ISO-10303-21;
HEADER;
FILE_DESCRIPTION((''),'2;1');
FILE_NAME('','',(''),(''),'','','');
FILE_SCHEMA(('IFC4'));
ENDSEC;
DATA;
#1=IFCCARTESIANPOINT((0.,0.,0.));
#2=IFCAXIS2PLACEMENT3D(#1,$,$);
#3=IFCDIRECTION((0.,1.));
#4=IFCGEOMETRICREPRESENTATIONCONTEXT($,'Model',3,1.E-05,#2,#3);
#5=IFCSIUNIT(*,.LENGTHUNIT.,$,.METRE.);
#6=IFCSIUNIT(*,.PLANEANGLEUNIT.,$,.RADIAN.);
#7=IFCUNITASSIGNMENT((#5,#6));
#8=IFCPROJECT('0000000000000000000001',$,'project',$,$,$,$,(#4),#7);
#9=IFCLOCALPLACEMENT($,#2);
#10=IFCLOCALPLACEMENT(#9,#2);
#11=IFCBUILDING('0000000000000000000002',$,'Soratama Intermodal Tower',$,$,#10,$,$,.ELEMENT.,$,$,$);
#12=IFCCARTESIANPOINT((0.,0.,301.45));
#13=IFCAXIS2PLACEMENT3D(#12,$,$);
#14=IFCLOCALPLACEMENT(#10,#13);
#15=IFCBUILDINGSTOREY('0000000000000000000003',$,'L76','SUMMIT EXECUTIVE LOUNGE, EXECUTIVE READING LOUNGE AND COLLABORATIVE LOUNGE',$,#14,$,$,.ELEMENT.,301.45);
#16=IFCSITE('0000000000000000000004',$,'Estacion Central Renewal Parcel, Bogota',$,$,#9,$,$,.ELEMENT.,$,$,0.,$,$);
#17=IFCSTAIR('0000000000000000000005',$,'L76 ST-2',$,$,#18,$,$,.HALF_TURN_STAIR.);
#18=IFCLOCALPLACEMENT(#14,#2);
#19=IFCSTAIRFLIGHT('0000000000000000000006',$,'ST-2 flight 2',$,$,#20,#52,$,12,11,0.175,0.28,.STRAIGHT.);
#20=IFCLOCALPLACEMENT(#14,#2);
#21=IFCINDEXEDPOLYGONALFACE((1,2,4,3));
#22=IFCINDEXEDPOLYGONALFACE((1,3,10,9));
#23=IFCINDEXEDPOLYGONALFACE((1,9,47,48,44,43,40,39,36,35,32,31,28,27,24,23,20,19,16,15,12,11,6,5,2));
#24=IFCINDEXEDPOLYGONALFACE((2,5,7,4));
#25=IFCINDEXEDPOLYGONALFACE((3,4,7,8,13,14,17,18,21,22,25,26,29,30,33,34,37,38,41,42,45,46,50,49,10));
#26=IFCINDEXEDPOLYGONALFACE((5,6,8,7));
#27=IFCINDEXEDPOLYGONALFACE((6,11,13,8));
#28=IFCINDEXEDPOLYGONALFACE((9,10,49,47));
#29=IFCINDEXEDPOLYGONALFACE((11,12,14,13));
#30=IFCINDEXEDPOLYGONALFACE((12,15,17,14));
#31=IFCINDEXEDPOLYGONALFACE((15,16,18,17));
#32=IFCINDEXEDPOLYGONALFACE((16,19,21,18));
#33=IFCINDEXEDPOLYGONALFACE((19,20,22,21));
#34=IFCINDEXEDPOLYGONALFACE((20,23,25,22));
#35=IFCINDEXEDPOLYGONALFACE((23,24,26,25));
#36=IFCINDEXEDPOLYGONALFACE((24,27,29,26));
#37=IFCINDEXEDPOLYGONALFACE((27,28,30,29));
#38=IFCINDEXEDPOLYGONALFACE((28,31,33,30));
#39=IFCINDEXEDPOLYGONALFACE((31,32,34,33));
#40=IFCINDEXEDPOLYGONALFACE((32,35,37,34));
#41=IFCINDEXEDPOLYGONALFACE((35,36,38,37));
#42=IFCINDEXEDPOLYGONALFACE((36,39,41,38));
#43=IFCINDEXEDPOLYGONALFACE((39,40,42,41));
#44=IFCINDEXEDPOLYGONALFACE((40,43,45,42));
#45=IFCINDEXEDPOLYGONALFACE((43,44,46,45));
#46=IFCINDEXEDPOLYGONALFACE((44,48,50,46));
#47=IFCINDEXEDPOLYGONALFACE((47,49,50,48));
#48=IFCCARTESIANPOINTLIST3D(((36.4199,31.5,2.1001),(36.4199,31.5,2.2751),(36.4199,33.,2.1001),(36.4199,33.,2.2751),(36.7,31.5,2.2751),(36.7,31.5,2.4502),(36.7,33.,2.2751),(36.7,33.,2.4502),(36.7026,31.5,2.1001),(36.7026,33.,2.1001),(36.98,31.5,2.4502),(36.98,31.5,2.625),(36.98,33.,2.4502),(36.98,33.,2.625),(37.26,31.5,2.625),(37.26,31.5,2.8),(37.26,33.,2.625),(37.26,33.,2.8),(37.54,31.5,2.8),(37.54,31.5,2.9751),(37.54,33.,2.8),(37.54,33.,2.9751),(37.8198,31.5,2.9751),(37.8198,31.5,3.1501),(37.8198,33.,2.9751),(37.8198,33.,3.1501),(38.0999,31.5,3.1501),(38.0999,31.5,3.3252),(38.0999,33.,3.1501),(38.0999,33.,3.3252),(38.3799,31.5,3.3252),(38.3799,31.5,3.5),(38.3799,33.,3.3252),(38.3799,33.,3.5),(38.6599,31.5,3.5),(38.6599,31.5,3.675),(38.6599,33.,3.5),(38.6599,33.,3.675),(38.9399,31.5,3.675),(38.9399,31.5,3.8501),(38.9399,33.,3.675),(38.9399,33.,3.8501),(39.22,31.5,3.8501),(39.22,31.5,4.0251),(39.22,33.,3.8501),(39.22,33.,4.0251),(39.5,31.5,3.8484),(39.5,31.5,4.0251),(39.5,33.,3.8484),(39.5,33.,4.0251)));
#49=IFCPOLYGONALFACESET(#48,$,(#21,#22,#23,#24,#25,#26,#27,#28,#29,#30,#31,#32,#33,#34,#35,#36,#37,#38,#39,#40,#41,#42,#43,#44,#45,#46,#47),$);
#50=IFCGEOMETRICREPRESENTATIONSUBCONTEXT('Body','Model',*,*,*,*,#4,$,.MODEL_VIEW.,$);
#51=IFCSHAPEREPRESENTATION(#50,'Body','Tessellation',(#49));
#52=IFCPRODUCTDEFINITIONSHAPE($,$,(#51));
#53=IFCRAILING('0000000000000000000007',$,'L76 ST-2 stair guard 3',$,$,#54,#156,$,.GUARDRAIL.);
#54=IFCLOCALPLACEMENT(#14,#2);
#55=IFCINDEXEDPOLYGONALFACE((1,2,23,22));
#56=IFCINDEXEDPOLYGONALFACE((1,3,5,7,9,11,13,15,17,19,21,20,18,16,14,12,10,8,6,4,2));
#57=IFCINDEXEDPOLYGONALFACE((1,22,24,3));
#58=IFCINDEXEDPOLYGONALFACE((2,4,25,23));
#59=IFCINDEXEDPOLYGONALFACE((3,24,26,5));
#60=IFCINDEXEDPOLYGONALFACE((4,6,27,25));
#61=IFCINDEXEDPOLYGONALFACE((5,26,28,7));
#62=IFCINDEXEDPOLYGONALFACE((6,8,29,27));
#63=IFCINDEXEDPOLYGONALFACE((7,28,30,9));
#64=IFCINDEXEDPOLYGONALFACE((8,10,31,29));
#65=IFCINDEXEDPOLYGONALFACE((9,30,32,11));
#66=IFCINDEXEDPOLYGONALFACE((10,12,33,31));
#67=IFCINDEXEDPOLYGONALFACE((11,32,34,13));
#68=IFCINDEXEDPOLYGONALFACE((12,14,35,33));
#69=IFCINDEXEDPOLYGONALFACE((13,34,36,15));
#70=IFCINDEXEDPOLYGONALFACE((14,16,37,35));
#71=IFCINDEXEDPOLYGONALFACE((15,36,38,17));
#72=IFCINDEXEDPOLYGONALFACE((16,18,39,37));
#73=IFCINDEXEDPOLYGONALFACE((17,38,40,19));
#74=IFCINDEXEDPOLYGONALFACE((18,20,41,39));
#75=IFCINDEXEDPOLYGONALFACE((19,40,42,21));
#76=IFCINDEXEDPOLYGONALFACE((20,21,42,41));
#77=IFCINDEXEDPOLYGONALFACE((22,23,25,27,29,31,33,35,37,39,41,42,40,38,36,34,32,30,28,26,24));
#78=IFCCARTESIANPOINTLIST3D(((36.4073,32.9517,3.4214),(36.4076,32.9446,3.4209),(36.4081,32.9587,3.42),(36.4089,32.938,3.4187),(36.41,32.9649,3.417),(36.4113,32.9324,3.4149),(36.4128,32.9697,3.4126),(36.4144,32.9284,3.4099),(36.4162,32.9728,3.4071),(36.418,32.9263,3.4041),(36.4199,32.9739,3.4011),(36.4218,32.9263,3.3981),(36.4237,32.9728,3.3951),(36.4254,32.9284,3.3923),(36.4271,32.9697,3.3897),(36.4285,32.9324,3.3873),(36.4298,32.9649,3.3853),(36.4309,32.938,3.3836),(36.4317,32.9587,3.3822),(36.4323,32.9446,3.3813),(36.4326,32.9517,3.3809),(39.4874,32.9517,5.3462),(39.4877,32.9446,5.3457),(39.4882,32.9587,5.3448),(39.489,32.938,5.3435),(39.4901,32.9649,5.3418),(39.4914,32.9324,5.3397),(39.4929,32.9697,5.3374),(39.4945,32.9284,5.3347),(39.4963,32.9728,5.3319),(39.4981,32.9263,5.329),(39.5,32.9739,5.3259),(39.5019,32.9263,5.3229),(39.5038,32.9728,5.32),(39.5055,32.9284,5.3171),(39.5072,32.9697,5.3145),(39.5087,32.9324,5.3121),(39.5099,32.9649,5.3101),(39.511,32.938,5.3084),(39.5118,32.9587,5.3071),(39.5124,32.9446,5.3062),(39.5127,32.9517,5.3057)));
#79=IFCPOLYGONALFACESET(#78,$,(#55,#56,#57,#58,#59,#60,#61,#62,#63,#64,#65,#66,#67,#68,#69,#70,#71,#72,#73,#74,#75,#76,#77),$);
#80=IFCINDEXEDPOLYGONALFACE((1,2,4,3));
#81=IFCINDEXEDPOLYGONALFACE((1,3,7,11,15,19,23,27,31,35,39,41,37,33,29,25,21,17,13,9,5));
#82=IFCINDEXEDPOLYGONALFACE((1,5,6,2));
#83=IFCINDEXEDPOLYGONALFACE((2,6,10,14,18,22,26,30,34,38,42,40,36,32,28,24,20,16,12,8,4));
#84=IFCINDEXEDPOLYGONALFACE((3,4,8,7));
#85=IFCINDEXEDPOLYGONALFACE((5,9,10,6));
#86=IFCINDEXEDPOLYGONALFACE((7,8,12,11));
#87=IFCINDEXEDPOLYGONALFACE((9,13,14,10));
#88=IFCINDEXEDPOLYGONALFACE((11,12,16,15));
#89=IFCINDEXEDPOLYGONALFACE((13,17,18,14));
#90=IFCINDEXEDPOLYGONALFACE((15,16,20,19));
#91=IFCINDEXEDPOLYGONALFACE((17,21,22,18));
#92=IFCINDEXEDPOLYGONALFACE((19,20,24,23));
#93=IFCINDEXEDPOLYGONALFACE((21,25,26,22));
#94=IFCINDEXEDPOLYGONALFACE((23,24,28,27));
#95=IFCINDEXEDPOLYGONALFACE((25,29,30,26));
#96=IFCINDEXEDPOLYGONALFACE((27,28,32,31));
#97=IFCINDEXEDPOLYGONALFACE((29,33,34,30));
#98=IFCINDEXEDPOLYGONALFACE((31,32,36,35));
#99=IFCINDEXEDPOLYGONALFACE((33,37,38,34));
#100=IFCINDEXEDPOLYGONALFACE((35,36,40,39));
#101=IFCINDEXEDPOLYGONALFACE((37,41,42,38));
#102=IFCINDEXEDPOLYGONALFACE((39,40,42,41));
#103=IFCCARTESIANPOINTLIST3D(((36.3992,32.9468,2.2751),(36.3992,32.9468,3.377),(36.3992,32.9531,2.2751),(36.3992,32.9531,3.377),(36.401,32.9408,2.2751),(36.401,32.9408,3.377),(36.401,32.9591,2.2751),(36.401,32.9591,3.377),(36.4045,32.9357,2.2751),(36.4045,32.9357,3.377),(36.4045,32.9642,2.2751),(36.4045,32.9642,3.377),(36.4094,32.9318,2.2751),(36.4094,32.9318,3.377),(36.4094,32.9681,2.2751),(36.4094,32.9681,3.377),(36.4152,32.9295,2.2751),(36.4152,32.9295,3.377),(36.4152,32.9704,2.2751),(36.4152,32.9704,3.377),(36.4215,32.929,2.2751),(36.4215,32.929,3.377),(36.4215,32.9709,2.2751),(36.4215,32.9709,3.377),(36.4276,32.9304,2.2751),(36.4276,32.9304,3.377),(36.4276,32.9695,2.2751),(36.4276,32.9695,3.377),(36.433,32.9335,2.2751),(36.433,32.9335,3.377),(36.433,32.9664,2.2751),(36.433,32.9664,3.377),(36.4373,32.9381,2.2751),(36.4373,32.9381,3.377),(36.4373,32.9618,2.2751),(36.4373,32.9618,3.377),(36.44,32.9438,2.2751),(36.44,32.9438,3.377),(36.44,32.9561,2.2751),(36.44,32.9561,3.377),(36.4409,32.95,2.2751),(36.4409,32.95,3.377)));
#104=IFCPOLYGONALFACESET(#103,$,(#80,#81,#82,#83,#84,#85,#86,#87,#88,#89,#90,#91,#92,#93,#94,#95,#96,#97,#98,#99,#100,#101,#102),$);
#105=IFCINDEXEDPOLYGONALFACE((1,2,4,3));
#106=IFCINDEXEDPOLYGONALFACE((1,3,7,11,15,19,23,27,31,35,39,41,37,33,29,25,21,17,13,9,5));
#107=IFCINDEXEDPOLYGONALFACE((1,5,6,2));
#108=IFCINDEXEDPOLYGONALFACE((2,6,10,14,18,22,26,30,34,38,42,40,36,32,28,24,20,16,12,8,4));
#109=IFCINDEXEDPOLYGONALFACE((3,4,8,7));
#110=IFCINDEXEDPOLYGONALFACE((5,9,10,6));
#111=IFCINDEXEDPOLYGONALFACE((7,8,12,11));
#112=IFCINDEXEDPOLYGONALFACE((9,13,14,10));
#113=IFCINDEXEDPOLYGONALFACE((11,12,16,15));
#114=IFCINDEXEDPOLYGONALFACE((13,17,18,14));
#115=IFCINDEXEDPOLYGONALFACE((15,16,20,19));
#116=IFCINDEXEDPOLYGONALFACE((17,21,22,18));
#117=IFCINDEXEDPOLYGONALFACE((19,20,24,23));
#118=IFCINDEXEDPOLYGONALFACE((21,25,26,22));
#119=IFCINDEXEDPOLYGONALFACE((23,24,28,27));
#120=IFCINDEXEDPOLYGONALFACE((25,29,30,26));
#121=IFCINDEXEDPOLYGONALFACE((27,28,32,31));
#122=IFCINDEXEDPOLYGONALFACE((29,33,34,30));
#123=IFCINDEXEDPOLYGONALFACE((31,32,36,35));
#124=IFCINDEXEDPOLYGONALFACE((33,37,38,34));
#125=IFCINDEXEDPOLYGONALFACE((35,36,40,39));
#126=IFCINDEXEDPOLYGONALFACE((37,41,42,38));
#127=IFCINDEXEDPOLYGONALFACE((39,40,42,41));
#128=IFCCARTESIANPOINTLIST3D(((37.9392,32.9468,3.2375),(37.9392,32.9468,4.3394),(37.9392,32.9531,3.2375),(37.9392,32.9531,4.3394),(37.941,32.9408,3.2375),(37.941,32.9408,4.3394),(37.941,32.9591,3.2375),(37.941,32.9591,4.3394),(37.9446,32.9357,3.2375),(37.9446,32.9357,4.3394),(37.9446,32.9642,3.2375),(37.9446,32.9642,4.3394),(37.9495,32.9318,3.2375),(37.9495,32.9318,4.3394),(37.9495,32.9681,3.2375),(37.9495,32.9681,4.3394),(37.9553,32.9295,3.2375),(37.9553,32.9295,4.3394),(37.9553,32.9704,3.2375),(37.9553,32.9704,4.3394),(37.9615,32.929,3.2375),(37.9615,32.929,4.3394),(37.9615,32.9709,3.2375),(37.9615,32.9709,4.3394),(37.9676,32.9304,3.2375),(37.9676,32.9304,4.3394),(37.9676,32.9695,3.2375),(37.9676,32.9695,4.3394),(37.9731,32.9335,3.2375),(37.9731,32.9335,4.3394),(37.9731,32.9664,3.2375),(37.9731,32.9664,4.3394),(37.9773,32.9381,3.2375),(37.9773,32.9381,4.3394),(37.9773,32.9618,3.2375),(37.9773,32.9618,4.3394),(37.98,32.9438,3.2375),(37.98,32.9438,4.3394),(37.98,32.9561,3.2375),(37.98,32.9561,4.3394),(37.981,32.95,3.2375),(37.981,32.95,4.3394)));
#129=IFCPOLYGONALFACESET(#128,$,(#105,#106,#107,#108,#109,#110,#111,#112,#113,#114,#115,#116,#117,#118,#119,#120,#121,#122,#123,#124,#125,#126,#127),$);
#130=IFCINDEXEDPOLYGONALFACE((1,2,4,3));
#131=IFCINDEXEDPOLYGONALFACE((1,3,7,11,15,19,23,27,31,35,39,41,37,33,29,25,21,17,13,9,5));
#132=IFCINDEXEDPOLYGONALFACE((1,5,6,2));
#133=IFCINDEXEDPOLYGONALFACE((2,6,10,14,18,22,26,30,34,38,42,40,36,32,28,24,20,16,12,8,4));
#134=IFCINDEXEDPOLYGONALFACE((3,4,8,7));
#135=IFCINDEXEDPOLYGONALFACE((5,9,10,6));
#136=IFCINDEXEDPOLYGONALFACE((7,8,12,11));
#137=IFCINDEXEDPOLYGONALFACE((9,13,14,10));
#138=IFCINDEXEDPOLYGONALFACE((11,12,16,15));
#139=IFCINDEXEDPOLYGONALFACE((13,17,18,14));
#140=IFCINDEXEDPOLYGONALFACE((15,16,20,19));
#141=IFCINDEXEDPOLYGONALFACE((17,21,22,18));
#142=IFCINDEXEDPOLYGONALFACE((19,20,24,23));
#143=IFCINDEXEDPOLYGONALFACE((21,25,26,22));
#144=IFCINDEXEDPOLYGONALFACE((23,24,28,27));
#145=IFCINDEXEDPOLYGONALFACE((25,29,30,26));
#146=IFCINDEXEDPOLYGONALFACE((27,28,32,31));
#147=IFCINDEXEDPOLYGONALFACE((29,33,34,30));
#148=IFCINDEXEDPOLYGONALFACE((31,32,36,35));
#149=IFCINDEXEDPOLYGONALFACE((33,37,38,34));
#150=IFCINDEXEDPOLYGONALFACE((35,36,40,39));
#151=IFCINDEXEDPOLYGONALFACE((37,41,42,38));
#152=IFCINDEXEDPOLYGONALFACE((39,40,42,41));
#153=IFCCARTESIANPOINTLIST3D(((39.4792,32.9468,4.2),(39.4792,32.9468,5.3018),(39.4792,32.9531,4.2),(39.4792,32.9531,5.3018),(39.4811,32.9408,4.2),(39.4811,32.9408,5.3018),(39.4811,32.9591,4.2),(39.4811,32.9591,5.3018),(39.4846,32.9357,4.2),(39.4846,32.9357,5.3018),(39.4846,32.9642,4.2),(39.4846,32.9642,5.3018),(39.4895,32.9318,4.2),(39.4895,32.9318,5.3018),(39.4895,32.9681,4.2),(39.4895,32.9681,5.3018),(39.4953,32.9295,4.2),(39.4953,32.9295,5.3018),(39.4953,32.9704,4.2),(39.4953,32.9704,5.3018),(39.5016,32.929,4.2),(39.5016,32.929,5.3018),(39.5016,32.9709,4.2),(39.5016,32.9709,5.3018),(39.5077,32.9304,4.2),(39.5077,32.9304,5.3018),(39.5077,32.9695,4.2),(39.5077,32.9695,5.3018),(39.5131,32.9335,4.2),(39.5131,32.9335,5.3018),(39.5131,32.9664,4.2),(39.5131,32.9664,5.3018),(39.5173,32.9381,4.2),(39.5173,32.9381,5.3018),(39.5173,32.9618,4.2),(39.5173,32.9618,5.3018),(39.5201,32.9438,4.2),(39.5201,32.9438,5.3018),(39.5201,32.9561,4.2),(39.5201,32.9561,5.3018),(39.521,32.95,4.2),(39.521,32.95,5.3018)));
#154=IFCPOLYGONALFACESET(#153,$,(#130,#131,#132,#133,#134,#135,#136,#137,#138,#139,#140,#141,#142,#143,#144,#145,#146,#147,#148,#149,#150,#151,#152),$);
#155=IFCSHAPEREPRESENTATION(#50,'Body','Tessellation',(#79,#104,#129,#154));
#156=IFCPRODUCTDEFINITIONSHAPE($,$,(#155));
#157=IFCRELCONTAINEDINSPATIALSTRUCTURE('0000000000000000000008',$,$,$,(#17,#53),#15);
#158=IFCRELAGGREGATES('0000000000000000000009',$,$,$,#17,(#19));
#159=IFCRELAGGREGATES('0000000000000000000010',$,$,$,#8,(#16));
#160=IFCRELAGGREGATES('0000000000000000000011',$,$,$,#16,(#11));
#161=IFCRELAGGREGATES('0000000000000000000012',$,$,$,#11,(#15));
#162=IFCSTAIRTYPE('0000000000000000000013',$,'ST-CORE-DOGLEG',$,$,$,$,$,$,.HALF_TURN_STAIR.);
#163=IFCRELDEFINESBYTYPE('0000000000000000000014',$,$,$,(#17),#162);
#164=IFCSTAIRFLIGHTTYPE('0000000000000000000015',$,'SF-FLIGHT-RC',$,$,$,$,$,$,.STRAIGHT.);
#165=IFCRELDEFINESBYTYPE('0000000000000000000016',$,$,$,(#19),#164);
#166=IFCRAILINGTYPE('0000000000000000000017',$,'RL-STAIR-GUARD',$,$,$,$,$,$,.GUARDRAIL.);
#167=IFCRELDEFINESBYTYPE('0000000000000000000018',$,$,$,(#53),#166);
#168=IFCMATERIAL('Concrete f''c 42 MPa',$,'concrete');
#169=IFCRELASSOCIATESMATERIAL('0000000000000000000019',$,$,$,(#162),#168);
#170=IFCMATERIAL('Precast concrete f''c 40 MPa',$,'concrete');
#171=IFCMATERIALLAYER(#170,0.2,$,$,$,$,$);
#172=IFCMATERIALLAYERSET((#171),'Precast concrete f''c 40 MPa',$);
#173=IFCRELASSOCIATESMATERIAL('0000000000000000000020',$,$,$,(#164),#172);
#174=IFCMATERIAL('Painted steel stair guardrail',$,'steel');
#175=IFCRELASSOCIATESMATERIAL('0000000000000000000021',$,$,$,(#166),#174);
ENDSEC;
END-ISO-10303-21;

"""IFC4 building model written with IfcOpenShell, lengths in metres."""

from ifc_helpers import new_model, si_unit, direction, frame, origin, origin_2d, place, context, subcontext, project, spatial, polyline, circle, outline, extrude, material, layer, layer_set, type_object, element, aggregate, save


model = new_model("IFC4")

# Units and contexts
model_context = context("Model", 3, precision=1e-05, world=origin(), true_north=direction((0.0, 1.0)))
body_context = subcontext(model_context, "Body", "Model", "MODEL_VIEW")
ifc_project = project(units=[si_unit("LENGTHUNIT", "METRE"), si_unit("PLANEANGLEUNIT", "RADIAN")], contexts=[model_context])

# Site, building, storey
site_placement = place(None, origin())
site = spatial("IfcSite", under=ifc_project, at=site_placement, Name="Estacion Central Renewal Parcel, Bogota", CompositionType="ELEMENT", RefElevation=0.0)
building_placement = place(site_placement, origin())
building = spatial("IfcBuilding", under=site, at=building_placement, Name="Soratama Intermodal Tower", CompositionType="ELEMENT")
storey_placement = place(building_placement, frame((0.0, 0.0, 301.45)))
storey = spatial("IfcBuildingStorey", under=building, at=storey_placement, Name="L76", Description="SUMMIT EXECUTIVE LOUNGE, EXECUTIVE READING LOUNGE AND COLLABORATIVE LOUNGE", CompositionType="ELEMENT", Elevation=301.45)

# Stair, stair flight
ifc_material_1 = material(Name="Concrete f'c 42 MPa", Category="concrete")
stair_type = type_object("IfcStairType", Name="ST-CORE-DOGLEG", PredefinedType="HALF_TURN_STAIR", material=ifc_material_1)
stair_placement = place(storey_placement, origin())
stair = element("IfcStair", 1, at=stair_placement, inside=storey, type_object=stair_type, Name="L76 ST-2", PredefinedType="HALF_TURN_STAIR")
ifc_material_2 = material(Name="Precast concrete f'c 40 MPa", Category="concrete")
ifc_layer_1 = layer(ifc_material_2, 0.2)
ifc_layer_set_1 = layer_set([ifc_layer_1], Name="Precast concrete f'c 40 MPa")
stair_flight_type = type_object("IfcStairFlightType", Name="SF-FLIGHT-RC", PredefinedType="STRAIGHT", material=ifc_layer_set_1)
stair_flight_placement = place(storey_placement, frame((36.4199, 32.25, 2.1001), z_axis=(0.0, 0.0, 1.0), x_axis=(1.0, 0.0, 0.0)))
stair_flight = element("IfcStairFlight", 2, at=stair_flight_placement, type_object=stair_flight_type, Name="ST-2 flight 2", NumberOfRisers=12, NumberOfTreads=11, PredefinedType="STRAIGHT", RiserHeight=0.175, TreadLength=0.28, context=body_context, shape_type="SweptSolid", body=[
    extrude(outline(polyline([(0.0, 0.0), (0.0, 0.175), (0.28, 0.175), (0.28, 0.3501), (0.5601, 0.3501), (0.5601, 0.5249), (0.8401, 0.5249), (0.8401, 0.7), (1.1201, 0.7), (1.1201, 0.875), (1.3999, 0.875), (1.3999, 1.05), (1.6799, 1.05), (1.6799, 1.2251), (1.96, 1.2251), (1.96, 1.3999), (2.24, 1.3999), (2.24, 1.575), (2.52, 1.575), (2.52, 1.75), (2.8, 1.75), (2.8, 1.925), (3.0801, 1.925), (3.0801, 2.1001), (3.0801, 1.7483), (0.2827, 0.0), (0.0, 0.0)])), frame((0.0, 0.75, 0.0), z_axis=(0.0, -1.0, 0.0), x_axis=(1.0, 0.0, 0.0)), (0.0, 0.0, 1.0), 1.5),
])
aggregate(stair, [stair_flight])

# Railing
ifc_material_3 = material(Name="Painted steel stair guardrail", Category="steel")
railing_type_1 = type_object("IfcRailingType", Name="RL-STAIR-GUARD", PredefinedType="GUARDRAIL", material=ifc_material_3)
railing_1_placement = place(storey_placement, frame((36.4199, 32.95, 2.2751)))
element("IfcRailing", 3, at=railing_1_placement, inside=storey, type_object=railing_type_1, Name="L76 ST-2 stair guard 3", PredefinedType="GUARDRAIL", context=body_context, shape_type="SweptSolid", body=[
    extrude(circle(Radius=0.0239, at=origin_2d()), frame((0.0, 0.0, 1.126), z_axis=(0.848029, 0.0, 0.529951), x_axis=(0.0, 1.0, 0.0)), (0.0, 0.0, 1.0), 3.6321),
    extrude(circle(Radius=0.021, at=origin_2d()), origin(), (0.0, 0.0, 1.0), 1.1018),
    extrude(circle(Radius=0.021, at=origin_2d()), frame((1.54, 0.0, 0.9624)), (0.0, 0.0, 1.0), 1.1018),
    extrude(circle(Radius=0.021, at=origin_2d()), frame((3.0801, 0.0, 1.9248)), (0.0, 0.0, 1.0), 1.1018),
])

save(model, "model.ifc")
